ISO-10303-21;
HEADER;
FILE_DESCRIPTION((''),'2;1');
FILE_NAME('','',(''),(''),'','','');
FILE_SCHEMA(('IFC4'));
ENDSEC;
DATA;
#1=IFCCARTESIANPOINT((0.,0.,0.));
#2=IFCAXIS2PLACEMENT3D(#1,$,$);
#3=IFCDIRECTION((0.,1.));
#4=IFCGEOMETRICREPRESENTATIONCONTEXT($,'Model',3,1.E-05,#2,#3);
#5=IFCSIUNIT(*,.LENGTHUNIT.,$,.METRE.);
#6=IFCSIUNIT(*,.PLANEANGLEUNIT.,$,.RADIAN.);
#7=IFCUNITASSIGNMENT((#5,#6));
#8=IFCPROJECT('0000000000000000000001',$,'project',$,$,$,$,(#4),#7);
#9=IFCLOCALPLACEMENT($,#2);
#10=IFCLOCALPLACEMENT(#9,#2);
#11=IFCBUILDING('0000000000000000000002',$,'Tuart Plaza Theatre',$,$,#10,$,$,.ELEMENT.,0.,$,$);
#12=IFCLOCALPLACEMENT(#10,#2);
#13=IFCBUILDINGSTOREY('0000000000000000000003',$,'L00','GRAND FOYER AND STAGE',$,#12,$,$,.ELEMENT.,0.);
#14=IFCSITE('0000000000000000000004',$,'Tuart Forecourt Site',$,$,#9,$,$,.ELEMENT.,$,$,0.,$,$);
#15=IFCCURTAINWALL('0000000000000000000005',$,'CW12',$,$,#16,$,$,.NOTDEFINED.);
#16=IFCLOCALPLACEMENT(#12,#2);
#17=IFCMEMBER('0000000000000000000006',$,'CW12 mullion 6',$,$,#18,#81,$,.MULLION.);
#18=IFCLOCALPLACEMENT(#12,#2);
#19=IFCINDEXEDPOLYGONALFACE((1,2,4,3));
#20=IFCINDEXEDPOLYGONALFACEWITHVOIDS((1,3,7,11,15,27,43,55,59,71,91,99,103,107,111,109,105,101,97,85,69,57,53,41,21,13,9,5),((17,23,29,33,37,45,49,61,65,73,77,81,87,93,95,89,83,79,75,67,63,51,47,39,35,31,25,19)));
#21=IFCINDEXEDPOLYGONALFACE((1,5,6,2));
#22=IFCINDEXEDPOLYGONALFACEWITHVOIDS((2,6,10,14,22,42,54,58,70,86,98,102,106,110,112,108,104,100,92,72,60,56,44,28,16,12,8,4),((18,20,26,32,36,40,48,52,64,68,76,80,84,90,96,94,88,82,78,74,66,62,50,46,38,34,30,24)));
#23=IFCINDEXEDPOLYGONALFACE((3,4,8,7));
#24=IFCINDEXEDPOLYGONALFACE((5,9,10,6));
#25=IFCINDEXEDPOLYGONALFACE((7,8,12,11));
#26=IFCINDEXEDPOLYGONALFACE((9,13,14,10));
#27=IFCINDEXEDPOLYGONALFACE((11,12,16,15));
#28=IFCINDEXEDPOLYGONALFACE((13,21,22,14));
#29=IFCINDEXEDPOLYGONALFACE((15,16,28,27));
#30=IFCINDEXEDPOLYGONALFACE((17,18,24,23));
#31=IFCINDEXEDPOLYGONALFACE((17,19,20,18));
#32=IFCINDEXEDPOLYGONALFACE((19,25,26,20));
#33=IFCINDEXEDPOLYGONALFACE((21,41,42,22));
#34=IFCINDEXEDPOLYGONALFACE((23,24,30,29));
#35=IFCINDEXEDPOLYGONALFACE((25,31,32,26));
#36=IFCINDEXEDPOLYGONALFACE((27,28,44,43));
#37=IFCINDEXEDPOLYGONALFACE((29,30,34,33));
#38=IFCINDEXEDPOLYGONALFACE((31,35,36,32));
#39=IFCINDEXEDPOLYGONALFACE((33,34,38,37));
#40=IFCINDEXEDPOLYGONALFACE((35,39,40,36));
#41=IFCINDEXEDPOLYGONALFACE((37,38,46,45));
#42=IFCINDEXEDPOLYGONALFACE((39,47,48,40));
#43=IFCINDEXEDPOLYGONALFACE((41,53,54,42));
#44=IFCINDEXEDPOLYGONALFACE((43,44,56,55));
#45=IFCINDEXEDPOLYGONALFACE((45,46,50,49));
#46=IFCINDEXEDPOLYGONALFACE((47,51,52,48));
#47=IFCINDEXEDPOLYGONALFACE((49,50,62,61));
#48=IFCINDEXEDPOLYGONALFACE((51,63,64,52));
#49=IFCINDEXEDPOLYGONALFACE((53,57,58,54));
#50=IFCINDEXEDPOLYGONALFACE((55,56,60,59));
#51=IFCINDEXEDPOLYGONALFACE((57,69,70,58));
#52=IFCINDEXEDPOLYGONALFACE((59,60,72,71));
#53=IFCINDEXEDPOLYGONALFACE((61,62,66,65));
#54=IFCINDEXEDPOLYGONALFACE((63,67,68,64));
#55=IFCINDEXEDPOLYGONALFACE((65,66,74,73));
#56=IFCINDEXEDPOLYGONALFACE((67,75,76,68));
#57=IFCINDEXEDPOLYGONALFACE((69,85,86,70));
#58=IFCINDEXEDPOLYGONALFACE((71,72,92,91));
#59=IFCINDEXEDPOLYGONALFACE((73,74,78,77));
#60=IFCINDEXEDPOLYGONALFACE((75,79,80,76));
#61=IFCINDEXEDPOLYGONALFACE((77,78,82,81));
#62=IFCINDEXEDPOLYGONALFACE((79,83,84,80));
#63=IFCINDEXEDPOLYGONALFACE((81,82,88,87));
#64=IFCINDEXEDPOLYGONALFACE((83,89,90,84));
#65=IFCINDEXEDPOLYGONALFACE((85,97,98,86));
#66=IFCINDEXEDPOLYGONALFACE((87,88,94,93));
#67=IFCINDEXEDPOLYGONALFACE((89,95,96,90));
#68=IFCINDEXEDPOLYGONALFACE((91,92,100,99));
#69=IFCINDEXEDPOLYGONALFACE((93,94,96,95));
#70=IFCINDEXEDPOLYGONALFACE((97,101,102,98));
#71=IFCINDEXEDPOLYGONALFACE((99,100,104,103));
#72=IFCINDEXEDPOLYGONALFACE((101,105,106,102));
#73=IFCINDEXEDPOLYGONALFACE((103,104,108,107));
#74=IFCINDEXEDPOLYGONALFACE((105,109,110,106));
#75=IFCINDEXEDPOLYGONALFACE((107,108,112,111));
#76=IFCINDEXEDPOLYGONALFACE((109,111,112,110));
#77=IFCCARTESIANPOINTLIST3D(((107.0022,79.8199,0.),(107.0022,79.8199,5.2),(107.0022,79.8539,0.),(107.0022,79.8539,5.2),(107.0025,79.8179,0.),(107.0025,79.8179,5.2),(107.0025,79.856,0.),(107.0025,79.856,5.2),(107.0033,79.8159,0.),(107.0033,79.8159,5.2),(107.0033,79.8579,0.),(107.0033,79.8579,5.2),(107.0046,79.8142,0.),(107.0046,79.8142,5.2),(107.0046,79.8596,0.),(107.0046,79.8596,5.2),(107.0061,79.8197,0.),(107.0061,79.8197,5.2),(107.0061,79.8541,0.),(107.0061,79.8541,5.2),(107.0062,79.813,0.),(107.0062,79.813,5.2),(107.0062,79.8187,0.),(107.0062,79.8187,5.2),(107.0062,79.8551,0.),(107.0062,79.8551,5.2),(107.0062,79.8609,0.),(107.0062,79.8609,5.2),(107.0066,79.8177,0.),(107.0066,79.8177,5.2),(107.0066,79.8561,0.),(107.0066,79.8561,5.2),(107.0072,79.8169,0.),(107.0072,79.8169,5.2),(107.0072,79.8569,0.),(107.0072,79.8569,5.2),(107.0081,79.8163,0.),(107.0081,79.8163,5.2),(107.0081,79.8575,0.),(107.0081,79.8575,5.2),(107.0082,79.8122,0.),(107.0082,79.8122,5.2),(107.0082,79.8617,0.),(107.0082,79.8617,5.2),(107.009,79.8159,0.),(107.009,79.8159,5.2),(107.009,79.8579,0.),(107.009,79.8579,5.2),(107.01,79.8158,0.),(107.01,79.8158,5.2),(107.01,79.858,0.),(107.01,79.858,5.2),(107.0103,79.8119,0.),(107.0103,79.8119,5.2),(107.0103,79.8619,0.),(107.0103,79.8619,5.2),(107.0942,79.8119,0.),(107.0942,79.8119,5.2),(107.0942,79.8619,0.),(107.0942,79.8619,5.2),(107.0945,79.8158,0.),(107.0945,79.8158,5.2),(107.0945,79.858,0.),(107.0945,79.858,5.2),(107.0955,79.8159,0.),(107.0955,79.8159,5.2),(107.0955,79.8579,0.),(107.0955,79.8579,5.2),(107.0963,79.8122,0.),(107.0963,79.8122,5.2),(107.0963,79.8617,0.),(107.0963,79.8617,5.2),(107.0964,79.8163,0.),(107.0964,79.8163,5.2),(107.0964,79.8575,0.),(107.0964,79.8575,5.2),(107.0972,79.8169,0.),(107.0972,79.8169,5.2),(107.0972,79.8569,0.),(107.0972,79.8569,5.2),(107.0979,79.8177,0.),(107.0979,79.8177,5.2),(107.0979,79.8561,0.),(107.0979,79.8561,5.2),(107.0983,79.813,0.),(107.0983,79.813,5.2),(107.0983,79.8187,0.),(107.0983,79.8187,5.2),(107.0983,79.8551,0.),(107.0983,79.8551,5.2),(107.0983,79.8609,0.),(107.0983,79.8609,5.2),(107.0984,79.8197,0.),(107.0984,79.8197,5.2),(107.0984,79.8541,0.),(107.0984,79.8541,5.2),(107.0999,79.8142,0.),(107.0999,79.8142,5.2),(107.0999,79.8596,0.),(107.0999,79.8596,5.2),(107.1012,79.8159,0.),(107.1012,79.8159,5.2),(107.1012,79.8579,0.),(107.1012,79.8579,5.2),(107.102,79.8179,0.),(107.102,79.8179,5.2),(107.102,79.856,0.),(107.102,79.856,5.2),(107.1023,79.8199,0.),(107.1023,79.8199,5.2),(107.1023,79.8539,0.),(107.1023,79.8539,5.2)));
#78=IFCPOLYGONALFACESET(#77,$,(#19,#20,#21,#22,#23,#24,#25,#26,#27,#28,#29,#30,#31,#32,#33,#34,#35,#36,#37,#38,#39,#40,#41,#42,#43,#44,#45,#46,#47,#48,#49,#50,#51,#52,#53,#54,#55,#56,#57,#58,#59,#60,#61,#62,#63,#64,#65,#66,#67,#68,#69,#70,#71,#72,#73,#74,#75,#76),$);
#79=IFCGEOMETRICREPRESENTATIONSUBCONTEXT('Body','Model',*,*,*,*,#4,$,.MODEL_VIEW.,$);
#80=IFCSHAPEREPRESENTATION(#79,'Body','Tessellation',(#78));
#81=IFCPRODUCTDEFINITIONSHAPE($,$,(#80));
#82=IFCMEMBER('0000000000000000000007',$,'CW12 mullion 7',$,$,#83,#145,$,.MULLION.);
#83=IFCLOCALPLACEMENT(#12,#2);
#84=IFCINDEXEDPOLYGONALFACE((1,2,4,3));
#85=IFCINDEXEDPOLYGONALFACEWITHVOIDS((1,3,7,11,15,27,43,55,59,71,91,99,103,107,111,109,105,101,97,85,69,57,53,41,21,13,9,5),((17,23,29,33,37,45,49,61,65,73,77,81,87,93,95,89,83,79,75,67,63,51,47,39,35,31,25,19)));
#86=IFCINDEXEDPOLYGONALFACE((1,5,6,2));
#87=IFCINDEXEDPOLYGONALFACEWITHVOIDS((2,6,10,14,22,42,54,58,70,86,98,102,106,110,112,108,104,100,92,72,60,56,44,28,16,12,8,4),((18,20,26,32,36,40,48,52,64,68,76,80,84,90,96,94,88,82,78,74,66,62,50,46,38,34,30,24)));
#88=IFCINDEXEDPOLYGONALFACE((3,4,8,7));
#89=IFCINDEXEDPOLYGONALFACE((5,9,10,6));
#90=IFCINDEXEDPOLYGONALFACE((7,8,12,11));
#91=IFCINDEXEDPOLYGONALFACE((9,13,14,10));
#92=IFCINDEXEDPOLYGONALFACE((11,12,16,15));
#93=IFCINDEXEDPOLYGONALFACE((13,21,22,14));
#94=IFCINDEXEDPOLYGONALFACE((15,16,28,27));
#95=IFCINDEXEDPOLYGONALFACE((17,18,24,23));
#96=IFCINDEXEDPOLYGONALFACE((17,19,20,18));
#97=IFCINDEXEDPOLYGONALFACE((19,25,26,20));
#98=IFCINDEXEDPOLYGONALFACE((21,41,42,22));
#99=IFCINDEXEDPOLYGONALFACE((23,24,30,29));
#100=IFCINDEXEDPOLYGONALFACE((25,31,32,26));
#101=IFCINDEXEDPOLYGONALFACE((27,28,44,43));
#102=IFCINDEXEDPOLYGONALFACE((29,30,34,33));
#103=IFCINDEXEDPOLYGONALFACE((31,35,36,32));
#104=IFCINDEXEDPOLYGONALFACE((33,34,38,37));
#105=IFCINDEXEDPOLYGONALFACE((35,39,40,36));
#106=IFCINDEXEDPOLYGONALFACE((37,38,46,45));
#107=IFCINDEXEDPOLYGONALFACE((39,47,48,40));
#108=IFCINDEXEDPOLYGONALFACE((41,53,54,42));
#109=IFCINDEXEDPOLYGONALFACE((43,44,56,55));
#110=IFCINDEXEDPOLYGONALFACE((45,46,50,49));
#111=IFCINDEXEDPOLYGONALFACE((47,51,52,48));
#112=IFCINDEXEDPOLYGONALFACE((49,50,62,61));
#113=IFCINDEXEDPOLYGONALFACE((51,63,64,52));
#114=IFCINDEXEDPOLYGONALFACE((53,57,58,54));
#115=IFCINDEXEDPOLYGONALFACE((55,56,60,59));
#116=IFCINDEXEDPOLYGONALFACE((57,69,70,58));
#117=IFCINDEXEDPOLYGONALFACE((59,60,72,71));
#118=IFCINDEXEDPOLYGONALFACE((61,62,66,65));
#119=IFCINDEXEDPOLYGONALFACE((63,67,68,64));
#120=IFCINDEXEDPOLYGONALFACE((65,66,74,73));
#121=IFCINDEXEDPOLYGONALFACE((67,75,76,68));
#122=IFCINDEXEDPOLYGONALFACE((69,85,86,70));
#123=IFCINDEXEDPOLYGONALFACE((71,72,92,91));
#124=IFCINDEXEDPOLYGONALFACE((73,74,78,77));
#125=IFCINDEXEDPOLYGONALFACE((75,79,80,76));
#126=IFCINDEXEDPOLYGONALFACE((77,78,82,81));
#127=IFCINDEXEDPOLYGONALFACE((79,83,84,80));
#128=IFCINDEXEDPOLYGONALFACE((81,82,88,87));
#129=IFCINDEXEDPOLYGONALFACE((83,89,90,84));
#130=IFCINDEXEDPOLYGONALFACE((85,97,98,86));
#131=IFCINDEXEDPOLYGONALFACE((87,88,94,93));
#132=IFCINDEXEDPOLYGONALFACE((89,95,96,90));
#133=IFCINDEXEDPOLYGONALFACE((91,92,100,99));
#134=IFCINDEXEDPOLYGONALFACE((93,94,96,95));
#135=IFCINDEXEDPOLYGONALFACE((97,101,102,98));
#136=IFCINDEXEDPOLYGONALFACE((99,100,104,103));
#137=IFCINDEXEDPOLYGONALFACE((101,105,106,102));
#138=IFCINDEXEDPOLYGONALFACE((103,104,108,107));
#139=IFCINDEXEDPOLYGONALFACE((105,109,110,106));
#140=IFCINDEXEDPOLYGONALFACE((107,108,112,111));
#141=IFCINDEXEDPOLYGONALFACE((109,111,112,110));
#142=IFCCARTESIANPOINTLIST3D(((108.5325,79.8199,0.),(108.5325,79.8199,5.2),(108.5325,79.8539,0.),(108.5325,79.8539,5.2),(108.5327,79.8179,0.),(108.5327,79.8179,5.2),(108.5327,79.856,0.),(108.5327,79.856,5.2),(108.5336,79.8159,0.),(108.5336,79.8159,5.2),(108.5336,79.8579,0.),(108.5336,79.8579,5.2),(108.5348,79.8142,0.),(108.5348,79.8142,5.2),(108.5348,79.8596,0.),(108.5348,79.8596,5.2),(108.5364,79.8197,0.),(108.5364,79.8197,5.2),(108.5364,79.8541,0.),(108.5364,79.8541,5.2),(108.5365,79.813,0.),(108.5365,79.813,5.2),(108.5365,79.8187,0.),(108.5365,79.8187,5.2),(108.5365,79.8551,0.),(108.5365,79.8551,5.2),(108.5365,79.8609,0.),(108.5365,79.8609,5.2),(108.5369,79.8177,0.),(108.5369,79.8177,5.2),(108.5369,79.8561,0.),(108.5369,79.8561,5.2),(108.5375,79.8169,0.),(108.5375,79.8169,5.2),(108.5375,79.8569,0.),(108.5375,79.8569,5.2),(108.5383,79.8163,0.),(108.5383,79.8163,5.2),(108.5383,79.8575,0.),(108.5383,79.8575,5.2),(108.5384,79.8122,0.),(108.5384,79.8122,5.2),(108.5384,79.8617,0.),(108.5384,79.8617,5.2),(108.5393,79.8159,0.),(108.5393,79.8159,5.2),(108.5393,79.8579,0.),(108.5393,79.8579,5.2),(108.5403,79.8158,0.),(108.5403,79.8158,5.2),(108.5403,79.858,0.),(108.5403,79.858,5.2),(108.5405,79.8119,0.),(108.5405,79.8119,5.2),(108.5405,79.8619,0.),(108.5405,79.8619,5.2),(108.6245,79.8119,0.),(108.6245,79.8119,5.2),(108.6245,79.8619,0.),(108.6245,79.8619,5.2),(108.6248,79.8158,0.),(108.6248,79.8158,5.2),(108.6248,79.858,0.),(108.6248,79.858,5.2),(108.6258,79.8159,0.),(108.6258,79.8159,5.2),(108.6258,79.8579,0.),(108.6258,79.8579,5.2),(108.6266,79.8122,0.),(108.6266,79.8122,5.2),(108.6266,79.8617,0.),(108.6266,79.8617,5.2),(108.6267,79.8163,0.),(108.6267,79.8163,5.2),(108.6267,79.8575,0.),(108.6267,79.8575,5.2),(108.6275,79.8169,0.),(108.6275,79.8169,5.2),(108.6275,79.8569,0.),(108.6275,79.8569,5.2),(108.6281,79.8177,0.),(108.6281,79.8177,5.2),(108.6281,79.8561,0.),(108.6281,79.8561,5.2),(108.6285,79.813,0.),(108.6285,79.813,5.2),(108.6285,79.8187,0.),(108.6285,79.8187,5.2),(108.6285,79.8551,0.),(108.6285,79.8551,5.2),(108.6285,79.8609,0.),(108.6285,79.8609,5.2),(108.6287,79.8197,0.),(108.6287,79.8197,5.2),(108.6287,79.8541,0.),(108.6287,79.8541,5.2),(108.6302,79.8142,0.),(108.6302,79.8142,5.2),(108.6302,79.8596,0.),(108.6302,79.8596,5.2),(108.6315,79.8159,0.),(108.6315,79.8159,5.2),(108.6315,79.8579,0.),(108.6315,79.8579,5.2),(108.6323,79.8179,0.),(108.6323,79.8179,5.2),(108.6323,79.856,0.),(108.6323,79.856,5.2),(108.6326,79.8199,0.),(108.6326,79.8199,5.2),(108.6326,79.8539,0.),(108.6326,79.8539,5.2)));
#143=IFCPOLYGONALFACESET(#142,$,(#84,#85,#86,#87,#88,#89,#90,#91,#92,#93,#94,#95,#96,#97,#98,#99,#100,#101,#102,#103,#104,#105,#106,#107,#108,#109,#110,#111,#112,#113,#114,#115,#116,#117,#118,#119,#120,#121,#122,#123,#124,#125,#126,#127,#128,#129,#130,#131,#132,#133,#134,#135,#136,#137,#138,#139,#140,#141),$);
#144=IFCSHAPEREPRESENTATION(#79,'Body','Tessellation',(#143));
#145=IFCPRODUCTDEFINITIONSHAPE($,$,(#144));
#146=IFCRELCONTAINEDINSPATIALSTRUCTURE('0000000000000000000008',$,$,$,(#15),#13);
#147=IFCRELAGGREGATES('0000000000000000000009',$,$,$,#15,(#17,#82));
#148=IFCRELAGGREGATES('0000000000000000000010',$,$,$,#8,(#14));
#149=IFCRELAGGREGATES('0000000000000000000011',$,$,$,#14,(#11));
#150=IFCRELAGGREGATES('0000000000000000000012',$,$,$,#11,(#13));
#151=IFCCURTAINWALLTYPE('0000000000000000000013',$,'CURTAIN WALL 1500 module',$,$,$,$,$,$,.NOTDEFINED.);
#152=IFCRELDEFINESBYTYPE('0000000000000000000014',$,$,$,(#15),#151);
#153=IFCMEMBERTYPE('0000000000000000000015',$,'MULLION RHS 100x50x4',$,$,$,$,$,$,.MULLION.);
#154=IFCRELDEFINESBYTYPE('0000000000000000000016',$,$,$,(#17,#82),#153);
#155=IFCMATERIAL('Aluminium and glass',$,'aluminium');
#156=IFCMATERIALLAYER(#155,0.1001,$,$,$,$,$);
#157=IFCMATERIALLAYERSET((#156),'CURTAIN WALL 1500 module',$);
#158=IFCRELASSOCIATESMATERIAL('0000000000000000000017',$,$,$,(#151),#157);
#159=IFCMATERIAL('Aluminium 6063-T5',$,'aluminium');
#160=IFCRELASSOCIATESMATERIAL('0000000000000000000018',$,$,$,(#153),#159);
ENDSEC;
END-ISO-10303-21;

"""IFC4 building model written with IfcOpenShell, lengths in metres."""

from ifc_helpers import new_model, si_unit, direction, frame, origin, origin_2d, place, context, subcontext, project, spatial, hollow_rectangle, extrude, material, layer, layer_set, material_profile, profile_set, type_object, element, aggregate, save


model = new_model("IFC4")

# Units and contexts
model_context = context("Model", 3, precision=1e-05, world=origin(), true_north=direction((0.0, 1.0)))
body_context = subcontext(model_context, "Body", "Model", "MODEL_VIEW")
ifc_project = project(units=[si_unit("LENGTHUNIT", "METRE"), si_unit("PLANEANGLEUNIT", "RADIAN")], contexts=[model_context])

# Site, building, storey
site_placement = place(None, origin())
site = spatial("IfcSite", under=ifc_project, at=site_placement, Name="Tuart Forecourt Site", CompositionType="ELEMENT", RefElevation=0.0)
building_placement = place(site_placement, origin())
building = spatial("IfcBuilding", under=site, at=building_placement, Name="Tuart Plaza Theatre", CompositionType="ELEMENT", ElevationOfRefHeight=0.0)
storey_placement = place(building_placement, origin())
storey = spatial("IfcBuildingStorey", under=building, at=storey_placement, Name="L00", Description="GRAND FOYER AND STAGE", CompositionType="ELEMENT", Elevation=0.0)

# Curtain wall, members
ifc_material_1 = material(Name="Aluminium and glass", Category="aluminium")
ifc_layer_1 = layer(ifc_material_1, 0.1001)
ifc_layer_set_1 = layer_set([ifc_layer_1], Name="CURTAIN WALL 1500 module")
curtain_wall_type = type_object("IfcCurtainWallType", Name="CURTAIN WALL 1500 module", PredefinedType="NOTDEFINED", material=ifc_layer_set_1)
curtain_wall_placement = place(storey_placement, origin())
curtain_wall = element("IfcCurtainWall", 1, at=curtain_wall_placement, inside=storey, type_object=curtain_wall_type, Name="CW12", PredefinedType="NOTDEFINED")
ifc_material_2 = material(Name="Aluminium 6063-T5", Category="aluminium")
ifc_material_profile_1 = material_profile(ifc_material_2, hollow_rectangle(XDim=0.05, YDim=0.1001, WallThickness=0.0039, InnerFilletRadius=0.0039, OuterFilletRadius=0.0081, at=origin_2d()), Name="RHS 100x50x4")
ifc_profile_set_1 = profile_set([ifc_material_profile_1], Name="Aluminium 6063-T5")
member_type_1 = type_object("IfcMemberType", Name="MULLION RHS 100x50x4", PredefinedType="MULLION", material=ifc_profile_set_1)
member_1_placement = place(storey_placement, frame((107.0522, 79.8369, 0.0), z_axis=(0.0, 0.0, 1.0), x_axis=(0.0, 1.0, 0.0)))
member_1 = element("IfcMember", 2, at=member_1_placement, type_object=member_type_1, Name="CW12 mullion 6", PredefinedType="MULLION", context=body_context, shape_type="SweptSolid", body=[
    extrude(hollow_rectangle(XDim=0.05, YDim=0.1001, WallThickness=0.0039, InnerFilletRadius=0.0039, OuterFilletRadius=0.0081, at=origin_2d()), origin(), (0.0, 0.0, 1.0), 5.2),
])
member_2_placement = place(storey_placement, frame((108.5825, 79.8369, 0.0), z_axis=(0.0, 0.0, 1.0), x_axis=(0.0, 1.0, 0.0)))
member_2 = element("IfcMember", 3, at=member_2_placement, type_object=member_type_1, Name="CW12 mullion 7", PredefinedType="MULLION", context=body_context, shape_type="SweptSolid", body=[
    extrude(hollow_rectangle(XDim=0.05, YDim=0.1001, WallThickness=0.0039, InnerFilletRadius=0.0039, OuterFilletRadius=0.0081, at=origin_2d()), origin(), (0.0, 0.0, 1.0), 5.2),
])
aggregate(curtain_wall, [member_1, member_2])

save(model, "model.ifc")
